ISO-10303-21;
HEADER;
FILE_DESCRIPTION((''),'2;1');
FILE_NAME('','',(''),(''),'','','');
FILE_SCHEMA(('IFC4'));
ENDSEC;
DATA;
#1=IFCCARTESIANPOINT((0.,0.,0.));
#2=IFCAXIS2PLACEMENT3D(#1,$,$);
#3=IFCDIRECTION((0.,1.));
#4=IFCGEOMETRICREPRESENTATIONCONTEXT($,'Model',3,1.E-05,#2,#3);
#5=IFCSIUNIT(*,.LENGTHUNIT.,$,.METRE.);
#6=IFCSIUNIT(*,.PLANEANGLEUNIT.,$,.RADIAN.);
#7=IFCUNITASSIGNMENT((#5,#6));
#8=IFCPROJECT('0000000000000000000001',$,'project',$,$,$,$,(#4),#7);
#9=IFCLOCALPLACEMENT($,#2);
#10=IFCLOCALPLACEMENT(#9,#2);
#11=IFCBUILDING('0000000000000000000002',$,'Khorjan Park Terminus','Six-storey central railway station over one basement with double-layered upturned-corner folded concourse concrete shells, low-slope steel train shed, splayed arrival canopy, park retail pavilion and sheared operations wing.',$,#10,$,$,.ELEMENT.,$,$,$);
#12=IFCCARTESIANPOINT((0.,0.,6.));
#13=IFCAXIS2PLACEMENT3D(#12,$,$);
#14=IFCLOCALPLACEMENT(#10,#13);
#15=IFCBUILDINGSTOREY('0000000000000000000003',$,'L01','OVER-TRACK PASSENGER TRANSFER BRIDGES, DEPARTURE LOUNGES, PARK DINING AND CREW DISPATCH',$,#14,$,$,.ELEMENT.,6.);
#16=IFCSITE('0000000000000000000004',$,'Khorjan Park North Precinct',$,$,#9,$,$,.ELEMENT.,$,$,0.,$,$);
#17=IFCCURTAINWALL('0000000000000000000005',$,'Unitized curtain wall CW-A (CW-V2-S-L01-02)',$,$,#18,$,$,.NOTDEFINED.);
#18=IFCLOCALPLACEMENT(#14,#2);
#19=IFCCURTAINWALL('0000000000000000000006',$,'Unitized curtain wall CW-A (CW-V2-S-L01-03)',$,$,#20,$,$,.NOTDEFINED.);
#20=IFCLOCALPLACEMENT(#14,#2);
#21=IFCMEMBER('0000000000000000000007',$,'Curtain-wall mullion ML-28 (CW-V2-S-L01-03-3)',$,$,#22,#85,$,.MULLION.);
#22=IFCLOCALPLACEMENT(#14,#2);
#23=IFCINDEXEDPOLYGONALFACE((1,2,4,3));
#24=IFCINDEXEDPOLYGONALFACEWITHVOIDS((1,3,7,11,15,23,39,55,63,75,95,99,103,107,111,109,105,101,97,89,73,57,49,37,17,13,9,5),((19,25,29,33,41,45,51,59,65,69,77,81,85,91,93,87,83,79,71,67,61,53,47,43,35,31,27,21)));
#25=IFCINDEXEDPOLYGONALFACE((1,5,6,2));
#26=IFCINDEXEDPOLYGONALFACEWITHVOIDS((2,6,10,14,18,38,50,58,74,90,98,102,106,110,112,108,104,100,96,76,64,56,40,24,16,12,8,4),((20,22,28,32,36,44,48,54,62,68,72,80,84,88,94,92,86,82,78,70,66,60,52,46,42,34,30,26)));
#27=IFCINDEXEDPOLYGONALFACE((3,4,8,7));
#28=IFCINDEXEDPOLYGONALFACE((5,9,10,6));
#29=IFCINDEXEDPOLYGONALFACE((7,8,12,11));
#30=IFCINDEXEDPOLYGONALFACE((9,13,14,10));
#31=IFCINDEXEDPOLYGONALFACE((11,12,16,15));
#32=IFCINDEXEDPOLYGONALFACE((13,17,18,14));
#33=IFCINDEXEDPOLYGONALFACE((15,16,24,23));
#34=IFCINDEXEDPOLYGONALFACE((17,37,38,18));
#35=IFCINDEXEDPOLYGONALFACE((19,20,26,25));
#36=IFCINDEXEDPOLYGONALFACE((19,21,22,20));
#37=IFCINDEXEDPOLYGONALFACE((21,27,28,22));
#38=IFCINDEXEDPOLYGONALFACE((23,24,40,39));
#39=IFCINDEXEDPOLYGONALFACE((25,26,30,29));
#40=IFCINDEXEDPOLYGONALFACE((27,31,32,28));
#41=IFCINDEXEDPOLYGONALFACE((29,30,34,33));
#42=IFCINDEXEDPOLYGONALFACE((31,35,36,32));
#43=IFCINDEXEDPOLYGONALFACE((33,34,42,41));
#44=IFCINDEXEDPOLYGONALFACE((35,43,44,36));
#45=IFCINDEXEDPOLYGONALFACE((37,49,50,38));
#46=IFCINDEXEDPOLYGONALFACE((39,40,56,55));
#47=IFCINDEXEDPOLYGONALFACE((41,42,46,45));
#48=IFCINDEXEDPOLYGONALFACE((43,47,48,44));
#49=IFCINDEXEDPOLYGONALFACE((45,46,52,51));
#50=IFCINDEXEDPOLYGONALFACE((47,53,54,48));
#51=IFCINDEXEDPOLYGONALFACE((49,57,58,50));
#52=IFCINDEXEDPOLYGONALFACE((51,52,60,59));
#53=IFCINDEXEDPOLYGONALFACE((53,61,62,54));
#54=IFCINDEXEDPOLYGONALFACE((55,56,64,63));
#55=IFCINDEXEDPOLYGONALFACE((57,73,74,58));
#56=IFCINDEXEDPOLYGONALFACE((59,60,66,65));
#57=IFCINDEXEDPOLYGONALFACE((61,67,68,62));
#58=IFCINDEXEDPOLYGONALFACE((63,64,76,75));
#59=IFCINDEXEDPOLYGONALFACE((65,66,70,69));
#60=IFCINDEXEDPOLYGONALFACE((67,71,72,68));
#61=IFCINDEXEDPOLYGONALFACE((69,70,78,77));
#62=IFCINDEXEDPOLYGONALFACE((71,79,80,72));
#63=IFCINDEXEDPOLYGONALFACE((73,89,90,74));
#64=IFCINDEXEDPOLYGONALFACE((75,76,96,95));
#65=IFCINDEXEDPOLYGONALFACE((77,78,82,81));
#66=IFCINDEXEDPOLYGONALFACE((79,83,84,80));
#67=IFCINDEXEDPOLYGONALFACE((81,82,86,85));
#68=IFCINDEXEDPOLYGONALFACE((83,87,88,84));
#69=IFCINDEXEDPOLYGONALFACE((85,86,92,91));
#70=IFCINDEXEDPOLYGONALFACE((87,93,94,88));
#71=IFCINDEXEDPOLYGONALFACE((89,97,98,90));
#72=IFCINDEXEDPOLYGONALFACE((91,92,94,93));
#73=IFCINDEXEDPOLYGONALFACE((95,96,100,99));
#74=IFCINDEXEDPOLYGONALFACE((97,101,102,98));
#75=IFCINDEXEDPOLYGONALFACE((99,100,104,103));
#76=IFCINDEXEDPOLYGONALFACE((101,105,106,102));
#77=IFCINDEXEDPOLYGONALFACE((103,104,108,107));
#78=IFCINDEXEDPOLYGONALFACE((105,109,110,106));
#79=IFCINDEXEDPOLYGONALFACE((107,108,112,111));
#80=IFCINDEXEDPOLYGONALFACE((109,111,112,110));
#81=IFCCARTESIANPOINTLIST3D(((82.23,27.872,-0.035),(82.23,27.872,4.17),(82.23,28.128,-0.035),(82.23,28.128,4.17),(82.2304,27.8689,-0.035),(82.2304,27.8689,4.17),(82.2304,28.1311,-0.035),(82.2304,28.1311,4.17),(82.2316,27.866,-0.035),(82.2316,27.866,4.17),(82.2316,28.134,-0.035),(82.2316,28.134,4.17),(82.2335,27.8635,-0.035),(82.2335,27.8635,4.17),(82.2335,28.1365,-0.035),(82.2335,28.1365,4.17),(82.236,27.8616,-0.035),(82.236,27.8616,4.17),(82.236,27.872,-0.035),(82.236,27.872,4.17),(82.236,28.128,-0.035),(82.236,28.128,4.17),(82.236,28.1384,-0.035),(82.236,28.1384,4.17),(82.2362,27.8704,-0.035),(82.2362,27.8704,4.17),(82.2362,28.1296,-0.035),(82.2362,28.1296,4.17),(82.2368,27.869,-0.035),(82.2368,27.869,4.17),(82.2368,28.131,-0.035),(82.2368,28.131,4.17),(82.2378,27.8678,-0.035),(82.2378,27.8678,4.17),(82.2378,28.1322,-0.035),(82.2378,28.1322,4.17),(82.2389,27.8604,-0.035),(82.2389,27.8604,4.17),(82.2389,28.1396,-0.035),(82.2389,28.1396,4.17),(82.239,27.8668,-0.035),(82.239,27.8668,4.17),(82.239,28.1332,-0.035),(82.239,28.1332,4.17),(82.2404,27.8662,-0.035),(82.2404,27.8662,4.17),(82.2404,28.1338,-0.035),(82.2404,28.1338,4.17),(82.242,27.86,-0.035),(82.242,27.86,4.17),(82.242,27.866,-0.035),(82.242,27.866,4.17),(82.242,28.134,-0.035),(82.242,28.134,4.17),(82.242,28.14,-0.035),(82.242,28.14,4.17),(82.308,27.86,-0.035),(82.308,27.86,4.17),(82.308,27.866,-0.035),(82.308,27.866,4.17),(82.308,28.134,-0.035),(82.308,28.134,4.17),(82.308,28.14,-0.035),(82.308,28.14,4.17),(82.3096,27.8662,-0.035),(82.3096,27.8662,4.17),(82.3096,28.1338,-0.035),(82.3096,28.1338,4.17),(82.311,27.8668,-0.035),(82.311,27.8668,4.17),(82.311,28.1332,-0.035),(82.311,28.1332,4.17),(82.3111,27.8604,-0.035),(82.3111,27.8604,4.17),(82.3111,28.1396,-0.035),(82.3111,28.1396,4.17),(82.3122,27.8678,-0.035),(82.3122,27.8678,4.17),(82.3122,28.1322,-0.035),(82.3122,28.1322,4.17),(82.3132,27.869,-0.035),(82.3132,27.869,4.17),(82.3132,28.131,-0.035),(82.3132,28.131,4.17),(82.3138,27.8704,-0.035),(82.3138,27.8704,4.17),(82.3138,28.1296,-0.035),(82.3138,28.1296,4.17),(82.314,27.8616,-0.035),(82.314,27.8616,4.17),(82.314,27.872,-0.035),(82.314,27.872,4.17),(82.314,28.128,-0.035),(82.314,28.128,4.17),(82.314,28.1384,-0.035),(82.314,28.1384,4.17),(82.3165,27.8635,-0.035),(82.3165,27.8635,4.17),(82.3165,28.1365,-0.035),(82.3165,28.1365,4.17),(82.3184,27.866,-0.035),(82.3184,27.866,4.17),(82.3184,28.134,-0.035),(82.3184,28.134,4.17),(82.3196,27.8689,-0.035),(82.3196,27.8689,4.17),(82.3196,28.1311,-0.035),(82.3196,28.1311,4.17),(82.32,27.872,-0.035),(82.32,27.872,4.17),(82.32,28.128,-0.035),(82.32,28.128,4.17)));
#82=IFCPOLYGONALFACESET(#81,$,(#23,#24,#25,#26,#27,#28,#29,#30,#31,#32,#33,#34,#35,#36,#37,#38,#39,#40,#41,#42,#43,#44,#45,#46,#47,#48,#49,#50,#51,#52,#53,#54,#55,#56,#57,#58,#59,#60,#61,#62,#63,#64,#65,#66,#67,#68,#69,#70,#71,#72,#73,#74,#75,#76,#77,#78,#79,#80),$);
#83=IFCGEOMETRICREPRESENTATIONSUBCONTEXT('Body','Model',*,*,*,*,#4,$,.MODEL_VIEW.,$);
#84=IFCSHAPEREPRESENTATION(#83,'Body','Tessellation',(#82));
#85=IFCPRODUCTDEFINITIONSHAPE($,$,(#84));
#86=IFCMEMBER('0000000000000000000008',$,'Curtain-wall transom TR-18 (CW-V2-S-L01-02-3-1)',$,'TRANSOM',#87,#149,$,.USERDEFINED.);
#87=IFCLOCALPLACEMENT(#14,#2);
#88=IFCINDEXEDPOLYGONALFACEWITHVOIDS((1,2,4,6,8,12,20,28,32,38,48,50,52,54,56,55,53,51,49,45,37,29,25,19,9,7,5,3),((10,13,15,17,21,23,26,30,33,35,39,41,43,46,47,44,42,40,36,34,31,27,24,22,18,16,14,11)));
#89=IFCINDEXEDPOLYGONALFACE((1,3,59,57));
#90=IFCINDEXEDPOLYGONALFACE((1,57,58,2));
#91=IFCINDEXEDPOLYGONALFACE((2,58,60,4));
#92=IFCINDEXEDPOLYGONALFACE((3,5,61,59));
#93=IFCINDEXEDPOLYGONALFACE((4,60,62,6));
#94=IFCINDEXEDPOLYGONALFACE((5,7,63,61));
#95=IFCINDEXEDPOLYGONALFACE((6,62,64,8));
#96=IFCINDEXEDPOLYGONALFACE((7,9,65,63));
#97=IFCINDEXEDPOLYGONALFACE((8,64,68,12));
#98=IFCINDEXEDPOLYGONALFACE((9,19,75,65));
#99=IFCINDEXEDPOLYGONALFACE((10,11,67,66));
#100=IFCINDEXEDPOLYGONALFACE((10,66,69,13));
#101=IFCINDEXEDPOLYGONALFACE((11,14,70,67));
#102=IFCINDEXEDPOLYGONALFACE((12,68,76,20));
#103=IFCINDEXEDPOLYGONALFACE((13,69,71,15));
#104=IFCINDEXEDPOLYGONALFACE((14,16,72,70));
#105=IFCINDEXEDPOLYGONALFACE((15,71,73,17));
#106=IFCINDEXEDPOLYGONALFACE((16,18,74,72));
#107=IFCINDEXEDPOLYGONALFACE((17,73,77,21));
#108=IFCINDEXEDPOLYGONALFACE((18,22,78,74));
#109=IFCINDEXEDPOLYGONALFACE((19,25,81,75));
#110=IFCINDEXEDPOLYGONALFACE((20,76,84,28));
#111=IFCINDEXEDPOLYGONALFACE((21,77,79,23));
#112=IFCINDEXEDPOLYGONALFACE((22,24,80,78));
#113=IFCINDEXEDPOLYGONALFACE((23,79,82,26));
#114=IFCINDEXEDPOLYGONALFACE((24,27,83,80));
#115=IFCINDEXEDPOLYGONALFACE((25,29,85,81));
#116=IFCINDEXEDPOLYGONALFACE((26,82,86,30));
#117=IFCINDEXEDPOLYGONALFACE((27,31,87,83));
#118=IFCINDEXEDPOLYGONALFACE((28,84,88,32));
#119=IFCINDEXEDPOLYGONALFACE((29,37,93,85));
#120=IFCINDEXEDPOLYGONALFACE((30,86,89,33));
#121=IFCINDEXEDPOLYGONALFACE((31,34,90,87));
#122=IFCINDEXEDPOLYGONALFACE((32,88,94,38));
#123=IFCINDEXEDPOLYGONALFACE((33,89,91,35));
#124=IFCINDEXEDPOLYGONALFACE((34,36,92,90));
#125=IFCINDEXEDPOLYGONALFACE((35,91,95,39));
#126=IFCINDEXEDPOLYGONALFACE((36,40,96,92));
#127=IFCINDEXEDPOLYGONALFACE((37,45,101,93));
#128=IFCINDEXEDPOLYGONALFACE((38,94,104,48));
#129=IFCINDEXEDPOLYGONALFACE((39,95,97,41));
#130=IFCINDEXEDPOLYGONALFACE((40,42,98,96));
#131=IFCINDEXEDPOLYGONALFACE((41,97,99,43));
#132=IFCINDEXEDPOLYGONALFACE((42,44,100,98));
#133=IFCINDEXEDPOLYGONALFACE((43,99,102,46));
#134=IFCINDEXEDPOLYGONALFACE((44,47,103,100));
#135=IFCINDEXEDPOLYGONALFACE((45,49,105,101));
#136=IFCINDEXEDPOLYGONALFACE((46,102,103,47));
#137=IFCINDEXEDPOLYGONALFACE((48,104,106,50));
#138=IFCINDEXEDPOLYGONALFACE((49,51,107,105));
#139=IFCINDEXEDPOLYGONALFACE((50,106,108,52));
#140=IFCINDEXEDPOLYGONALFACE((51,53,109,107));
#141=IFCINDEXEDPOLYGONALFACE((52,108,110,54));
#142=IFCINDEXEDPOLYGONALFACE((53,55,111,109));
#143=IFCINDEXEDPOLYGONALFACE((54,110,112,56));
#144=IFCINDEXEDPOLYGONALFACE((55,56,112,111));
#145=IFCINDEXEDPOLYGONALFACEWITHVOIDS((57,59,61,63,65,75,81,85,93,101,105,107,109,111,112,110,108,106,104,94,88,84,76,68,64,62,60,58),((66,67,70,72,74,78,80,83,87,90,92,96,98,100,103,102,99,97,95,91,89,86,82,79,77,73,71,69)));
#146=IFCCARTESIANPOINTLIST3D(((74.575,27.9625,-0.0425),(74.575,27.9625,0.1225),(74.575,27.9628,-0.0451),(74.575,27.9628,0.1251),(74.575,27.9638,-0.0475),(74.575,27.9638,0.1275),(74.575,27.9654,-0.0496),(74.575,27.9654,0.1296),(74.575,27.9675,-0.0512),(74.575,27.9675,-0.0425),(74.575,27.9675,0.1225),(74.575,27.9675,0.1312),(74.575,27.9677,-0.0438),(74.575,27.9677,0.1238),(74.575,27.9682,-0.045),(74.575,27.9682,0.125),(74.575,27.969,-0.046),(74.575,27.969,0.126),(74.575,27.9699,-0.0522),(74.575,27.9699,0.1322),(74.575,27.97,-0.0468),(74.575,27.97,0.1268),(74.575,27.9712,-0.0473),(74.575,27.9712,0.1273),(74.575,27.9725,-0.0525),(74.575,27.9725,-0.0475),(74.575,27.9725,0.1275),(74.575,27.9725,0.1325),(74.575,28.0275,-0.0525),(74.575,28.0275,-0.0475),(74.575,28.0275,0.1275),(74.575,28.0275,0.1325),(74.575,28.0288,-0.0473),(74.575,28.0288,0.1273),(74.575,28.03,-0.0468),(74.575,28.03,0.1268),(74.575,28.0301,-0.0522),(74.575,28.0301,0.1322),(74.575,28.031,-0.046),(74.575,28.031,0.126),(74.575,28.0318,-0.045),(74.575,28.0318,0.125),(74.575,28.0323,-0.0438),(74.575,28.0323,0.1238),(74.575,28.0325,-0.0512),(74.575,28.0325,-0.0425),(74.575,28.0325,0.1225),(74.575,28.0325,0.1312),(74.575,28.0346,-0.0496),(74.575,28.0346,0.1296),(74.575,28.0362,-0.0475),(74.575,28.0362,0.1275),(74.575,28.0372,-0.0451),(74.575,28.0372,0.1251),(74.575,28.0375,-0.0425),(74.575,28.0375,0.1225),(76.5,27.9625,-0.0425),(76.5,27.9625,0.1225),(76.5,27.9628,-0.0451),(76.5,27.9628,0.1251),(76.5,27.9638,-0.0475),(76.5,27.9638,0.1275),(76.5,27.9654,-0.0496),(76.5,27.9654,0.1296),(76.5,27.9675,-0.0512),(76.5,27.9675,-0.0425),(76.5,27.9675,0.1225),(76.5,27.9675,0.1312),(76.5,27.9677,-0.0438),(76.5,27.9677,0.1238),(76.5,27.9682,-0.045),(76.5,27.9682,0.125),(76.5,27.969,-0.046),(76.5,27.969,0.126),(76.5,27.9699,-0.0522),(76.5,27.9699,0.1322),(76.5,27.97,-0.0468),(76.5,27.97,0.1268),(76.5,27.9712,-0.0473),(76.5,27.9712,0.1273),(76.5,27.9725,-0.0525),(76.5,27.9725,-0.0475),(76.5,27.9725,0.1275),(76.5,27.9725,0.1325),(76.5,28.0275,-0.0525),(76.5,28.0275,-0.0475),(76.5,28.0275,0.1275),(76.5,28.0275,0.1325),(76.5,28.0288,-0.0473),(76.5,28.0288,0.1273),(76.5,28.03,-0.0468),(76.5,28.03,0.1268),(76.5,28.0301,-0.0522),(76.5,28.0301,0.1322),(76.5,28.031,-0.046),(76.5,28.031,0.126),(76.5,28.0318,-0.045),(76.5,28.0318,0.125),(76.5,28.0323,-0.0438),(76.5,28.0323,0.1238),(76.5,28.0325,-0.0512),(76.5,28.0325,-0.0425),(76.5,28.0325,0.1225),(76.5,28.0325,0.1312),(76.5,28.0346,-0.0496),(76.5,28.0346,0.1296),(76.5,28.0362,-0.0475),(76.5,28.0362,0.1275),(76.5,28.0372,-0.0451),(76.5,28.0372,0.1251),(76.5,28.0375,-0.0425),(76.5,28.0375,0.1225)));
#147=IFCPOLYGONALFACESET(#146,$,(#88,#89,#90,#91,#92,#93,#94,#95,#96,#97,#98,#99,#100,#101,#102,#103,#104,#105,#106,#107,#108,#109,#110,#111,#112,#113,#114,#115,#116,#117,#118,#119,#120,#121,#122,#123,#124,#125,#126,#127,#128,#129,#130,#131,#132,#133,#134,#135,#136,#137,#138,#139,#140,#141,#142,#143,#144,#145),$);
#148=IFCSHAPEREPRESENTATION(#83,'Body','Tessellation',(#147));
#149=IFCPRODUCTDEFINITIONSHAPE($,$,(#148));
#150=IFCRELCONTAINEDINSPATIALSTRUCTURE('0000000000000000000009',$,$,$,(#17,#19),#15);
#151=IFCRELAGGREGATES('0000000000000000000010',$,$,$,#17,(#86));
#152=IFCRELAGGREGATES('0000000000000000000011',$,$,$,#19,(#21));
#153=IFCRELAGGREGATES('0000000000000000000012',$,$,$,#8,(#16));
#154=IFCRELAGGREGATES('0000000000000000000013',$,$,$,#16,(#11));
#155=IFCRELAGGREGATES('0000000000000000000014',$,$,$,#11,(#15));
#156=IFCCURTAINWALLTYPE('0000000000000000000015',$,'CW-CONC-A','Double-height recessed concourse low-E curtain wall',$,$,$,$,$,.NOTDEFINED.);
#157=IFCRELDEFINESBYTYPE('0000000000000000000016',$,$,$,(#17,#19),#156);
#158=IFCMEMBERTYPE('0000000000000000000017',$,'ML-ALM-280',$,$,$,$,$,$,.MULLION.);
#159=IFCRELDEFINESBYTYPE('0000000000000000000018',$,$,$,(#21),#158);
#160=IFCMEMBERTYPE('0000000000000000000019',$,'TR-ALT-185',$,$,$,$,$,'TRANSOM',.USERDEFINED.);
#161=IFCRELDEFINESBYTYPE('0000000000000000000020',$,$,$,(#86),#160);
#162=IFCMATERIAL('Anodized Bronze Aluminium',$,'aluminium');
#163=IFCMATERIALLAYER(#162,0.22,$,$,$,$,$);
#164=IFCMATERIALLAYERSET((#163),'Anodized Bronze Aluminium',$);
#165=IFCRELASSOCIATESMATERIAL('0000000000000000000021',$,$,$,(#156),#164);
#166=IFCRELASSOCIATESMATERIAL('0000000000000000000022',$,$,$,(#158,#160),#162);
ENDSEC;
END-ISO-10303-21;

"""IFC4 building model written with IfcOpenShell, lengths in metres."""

from ifc_helpers import new_model, si_unit, direction, frame, origin, origin_2d, place, context, subcontext, project, spatial, hollow_rectangle, extrude, material, layer, layer_set, material_profile, profile_set, type_object, element, aggregate, save


model = new_model("IFC4")

# Units and contexts
model_context = context("Model", 3, precision=1e-05, world=origin(), true_north=direction((0.0, 1.0)))
body_context = subcontext(model_context, "Body", "Model", "MODEL_VIEW")
ifc_project = project(units=[si_unit("LENGTHUNIT", "METRE"), si_unit("PLANEANGLEUNIT", "RADIAN")], contexts=[model_context])

# Site, building, storey
site_placement = place(None, origin())
site = spatial("IfcSite", under=ifc_project, at=site_placement, Name="Khorjan Park North Precinct", CompositionType="ELEMENT", RefElevation=0.0)
building_placement = place(site_placement, origin())
building = spatial("IfcBuilding", under=site, at=building_placement, Name="Khorjan Park Terminus", Description="Six-storey central railway station over one basement with double-layered upturned-corner folded concourse concrete shells, low-slope steel train shed, splayed arrival canopy, park retail pavilion and sheared operations wing.", CompositionType="ELEMENT")
storey_placement = place(building_placement, frame((0.0, 0.0, 6.0)))
storey = spatial("IfcBuildingStorey", under=building, at=storey_placement, Name="L01", Description="OVER-TRACK PASSENGER TRANSFER BRIDGES, DEPARTURE LOUNGES, PARK DINING AND CREW DISPATCH", CompositionType="ELEMENT", Elevation=6.0)

# Curtain walls, member
ifc_material_1 = material(Name="Anodized Bronze Aluminium", Category="aluminium")
ifc_layer_1 = layer(ifc_material_1, 0.22)
ifc_layer_set_1 = layer_set([ifc_layer_1], Name="Anodized Bronze Aluminium")
curtain_wall_type = type_object("IfcCurtainWallType", Name="CW-CONC-A", Description="Double-height recessed concourse low-E curtain wall", PredefinedType="NOTDEFINED", material=ifc_layer_set_1)
curtain_wall_1_placement = place(storey_placement, origin())
curtain_wall_1 = element("IfcCurtainWall", 1, at=curtain_wall_1_placement, inside=storey, type_object=curtain_wall_type, Name="Unitized curtain wall CW-A (CW-V2-S-L01-02)", PredefinedType="NOTDEFINED")
ifc_material_profile_1 = material_profile(ifc_material_1, hollow_rectangle(XDim=0.09, YDim=0.28, WallThickness=0.006, InnerFilletRadius=0.006, OuterFilletRadius=0.012, at=origin_2d()), Name="ALM 90x280x6")
ifc_profile_set_1 = profile_set([ifc_material_profile_1], Name="Anodized Bronze Aluminium")
member_type_1 = type_object("IfcMemberType", Name="ML-ALM-280", PredefinedType="MULLION", material=ifc_profile_set_1)
curtain_wall_2_placement = place(storey_placement, origin())
curtain_wall_2 = element("IfcCurtainWall", 2, at=curtain_wall_2_placement, inside=storey, type_object=curtain_wall_type, Name="Unitized curtain wall CW-A (CW-V2-S-L01-03)", PredefinedType="NOTDEFINED")
member_1_placement = place(storey_placement, frame((82.275, 28.0, -0.035), z_axis=(0.0, 0.0, 1.0), x_axis=(1.0, 0.0, 0.0)))
member_1 = element("IfcMember", 3, at=member_1_placement, type_object=member_type_1, Name="Curtain-wall mullion ML-28 (CW-V2-S-L01-03-3)", PredefinedType="MULLION", context=body_context, shape_type="SweptSolid", body=[
    extrude(hollow_rectangle(XDim=0.09, YDim=0.28, WallThickness=0.006, InnerFilletRadius=0.006, OuterFilletRadius=0.012, at=origin_2d()), origin(), (0.0, 0.0, 1.0), 4.205),
])

# Member
ifc_material_profile_2 = material_profile(ifc_material_1, hollow_rectangle(XDim=0.075, YDim=0.185, WallThickness=0.005, InnerFilletRadius=0.005, OuterFilletRadius=0.01, at=origin_2d()), Name="ALT 75x185x5")
ifc_profile_set_2 = profile_set([ifc_material_profile_2], Name="Anodized Bronze Aluminium")
member_type_2 = type_object("IfcMemberType", Name="TR-ALT-185", ElementType="TRANSOM", PredefinedType="USERDEFINED", material=ifc_profile_set_2)
member_2_placement = place(storey_placement, frame((74.575, 28.0, 0.04), z_axis=(1.0, 0.0, 0.0), x_axis=(0.0, 1.0, 0.0)))
member_2 = element("IfcMember", 4, at=member_2_placement, type_object=member_type_2, Name="Curtain-wall transom TR-18 (CW-V2-S-L01-02-3-1)", ObjectType="TRANSOM", PredefinedType="USERDEFINED", context=body_context, shape_type="SweptSolid", body=[
    extrude(hollow_rectangle(XDim=0.075, YDim=0.185, WallThickness=0.005, InnerFilletRadius=0.005, OuterFilletRadius=0.01, at=origin_2d()), origin(), (0.0, 0.0, 1.0), 1.925),
])

aggregate(curtain_wall_1, [member_2])
aggregate(curtain_wall_2, [member_1])

save(model, "model.ifc")
